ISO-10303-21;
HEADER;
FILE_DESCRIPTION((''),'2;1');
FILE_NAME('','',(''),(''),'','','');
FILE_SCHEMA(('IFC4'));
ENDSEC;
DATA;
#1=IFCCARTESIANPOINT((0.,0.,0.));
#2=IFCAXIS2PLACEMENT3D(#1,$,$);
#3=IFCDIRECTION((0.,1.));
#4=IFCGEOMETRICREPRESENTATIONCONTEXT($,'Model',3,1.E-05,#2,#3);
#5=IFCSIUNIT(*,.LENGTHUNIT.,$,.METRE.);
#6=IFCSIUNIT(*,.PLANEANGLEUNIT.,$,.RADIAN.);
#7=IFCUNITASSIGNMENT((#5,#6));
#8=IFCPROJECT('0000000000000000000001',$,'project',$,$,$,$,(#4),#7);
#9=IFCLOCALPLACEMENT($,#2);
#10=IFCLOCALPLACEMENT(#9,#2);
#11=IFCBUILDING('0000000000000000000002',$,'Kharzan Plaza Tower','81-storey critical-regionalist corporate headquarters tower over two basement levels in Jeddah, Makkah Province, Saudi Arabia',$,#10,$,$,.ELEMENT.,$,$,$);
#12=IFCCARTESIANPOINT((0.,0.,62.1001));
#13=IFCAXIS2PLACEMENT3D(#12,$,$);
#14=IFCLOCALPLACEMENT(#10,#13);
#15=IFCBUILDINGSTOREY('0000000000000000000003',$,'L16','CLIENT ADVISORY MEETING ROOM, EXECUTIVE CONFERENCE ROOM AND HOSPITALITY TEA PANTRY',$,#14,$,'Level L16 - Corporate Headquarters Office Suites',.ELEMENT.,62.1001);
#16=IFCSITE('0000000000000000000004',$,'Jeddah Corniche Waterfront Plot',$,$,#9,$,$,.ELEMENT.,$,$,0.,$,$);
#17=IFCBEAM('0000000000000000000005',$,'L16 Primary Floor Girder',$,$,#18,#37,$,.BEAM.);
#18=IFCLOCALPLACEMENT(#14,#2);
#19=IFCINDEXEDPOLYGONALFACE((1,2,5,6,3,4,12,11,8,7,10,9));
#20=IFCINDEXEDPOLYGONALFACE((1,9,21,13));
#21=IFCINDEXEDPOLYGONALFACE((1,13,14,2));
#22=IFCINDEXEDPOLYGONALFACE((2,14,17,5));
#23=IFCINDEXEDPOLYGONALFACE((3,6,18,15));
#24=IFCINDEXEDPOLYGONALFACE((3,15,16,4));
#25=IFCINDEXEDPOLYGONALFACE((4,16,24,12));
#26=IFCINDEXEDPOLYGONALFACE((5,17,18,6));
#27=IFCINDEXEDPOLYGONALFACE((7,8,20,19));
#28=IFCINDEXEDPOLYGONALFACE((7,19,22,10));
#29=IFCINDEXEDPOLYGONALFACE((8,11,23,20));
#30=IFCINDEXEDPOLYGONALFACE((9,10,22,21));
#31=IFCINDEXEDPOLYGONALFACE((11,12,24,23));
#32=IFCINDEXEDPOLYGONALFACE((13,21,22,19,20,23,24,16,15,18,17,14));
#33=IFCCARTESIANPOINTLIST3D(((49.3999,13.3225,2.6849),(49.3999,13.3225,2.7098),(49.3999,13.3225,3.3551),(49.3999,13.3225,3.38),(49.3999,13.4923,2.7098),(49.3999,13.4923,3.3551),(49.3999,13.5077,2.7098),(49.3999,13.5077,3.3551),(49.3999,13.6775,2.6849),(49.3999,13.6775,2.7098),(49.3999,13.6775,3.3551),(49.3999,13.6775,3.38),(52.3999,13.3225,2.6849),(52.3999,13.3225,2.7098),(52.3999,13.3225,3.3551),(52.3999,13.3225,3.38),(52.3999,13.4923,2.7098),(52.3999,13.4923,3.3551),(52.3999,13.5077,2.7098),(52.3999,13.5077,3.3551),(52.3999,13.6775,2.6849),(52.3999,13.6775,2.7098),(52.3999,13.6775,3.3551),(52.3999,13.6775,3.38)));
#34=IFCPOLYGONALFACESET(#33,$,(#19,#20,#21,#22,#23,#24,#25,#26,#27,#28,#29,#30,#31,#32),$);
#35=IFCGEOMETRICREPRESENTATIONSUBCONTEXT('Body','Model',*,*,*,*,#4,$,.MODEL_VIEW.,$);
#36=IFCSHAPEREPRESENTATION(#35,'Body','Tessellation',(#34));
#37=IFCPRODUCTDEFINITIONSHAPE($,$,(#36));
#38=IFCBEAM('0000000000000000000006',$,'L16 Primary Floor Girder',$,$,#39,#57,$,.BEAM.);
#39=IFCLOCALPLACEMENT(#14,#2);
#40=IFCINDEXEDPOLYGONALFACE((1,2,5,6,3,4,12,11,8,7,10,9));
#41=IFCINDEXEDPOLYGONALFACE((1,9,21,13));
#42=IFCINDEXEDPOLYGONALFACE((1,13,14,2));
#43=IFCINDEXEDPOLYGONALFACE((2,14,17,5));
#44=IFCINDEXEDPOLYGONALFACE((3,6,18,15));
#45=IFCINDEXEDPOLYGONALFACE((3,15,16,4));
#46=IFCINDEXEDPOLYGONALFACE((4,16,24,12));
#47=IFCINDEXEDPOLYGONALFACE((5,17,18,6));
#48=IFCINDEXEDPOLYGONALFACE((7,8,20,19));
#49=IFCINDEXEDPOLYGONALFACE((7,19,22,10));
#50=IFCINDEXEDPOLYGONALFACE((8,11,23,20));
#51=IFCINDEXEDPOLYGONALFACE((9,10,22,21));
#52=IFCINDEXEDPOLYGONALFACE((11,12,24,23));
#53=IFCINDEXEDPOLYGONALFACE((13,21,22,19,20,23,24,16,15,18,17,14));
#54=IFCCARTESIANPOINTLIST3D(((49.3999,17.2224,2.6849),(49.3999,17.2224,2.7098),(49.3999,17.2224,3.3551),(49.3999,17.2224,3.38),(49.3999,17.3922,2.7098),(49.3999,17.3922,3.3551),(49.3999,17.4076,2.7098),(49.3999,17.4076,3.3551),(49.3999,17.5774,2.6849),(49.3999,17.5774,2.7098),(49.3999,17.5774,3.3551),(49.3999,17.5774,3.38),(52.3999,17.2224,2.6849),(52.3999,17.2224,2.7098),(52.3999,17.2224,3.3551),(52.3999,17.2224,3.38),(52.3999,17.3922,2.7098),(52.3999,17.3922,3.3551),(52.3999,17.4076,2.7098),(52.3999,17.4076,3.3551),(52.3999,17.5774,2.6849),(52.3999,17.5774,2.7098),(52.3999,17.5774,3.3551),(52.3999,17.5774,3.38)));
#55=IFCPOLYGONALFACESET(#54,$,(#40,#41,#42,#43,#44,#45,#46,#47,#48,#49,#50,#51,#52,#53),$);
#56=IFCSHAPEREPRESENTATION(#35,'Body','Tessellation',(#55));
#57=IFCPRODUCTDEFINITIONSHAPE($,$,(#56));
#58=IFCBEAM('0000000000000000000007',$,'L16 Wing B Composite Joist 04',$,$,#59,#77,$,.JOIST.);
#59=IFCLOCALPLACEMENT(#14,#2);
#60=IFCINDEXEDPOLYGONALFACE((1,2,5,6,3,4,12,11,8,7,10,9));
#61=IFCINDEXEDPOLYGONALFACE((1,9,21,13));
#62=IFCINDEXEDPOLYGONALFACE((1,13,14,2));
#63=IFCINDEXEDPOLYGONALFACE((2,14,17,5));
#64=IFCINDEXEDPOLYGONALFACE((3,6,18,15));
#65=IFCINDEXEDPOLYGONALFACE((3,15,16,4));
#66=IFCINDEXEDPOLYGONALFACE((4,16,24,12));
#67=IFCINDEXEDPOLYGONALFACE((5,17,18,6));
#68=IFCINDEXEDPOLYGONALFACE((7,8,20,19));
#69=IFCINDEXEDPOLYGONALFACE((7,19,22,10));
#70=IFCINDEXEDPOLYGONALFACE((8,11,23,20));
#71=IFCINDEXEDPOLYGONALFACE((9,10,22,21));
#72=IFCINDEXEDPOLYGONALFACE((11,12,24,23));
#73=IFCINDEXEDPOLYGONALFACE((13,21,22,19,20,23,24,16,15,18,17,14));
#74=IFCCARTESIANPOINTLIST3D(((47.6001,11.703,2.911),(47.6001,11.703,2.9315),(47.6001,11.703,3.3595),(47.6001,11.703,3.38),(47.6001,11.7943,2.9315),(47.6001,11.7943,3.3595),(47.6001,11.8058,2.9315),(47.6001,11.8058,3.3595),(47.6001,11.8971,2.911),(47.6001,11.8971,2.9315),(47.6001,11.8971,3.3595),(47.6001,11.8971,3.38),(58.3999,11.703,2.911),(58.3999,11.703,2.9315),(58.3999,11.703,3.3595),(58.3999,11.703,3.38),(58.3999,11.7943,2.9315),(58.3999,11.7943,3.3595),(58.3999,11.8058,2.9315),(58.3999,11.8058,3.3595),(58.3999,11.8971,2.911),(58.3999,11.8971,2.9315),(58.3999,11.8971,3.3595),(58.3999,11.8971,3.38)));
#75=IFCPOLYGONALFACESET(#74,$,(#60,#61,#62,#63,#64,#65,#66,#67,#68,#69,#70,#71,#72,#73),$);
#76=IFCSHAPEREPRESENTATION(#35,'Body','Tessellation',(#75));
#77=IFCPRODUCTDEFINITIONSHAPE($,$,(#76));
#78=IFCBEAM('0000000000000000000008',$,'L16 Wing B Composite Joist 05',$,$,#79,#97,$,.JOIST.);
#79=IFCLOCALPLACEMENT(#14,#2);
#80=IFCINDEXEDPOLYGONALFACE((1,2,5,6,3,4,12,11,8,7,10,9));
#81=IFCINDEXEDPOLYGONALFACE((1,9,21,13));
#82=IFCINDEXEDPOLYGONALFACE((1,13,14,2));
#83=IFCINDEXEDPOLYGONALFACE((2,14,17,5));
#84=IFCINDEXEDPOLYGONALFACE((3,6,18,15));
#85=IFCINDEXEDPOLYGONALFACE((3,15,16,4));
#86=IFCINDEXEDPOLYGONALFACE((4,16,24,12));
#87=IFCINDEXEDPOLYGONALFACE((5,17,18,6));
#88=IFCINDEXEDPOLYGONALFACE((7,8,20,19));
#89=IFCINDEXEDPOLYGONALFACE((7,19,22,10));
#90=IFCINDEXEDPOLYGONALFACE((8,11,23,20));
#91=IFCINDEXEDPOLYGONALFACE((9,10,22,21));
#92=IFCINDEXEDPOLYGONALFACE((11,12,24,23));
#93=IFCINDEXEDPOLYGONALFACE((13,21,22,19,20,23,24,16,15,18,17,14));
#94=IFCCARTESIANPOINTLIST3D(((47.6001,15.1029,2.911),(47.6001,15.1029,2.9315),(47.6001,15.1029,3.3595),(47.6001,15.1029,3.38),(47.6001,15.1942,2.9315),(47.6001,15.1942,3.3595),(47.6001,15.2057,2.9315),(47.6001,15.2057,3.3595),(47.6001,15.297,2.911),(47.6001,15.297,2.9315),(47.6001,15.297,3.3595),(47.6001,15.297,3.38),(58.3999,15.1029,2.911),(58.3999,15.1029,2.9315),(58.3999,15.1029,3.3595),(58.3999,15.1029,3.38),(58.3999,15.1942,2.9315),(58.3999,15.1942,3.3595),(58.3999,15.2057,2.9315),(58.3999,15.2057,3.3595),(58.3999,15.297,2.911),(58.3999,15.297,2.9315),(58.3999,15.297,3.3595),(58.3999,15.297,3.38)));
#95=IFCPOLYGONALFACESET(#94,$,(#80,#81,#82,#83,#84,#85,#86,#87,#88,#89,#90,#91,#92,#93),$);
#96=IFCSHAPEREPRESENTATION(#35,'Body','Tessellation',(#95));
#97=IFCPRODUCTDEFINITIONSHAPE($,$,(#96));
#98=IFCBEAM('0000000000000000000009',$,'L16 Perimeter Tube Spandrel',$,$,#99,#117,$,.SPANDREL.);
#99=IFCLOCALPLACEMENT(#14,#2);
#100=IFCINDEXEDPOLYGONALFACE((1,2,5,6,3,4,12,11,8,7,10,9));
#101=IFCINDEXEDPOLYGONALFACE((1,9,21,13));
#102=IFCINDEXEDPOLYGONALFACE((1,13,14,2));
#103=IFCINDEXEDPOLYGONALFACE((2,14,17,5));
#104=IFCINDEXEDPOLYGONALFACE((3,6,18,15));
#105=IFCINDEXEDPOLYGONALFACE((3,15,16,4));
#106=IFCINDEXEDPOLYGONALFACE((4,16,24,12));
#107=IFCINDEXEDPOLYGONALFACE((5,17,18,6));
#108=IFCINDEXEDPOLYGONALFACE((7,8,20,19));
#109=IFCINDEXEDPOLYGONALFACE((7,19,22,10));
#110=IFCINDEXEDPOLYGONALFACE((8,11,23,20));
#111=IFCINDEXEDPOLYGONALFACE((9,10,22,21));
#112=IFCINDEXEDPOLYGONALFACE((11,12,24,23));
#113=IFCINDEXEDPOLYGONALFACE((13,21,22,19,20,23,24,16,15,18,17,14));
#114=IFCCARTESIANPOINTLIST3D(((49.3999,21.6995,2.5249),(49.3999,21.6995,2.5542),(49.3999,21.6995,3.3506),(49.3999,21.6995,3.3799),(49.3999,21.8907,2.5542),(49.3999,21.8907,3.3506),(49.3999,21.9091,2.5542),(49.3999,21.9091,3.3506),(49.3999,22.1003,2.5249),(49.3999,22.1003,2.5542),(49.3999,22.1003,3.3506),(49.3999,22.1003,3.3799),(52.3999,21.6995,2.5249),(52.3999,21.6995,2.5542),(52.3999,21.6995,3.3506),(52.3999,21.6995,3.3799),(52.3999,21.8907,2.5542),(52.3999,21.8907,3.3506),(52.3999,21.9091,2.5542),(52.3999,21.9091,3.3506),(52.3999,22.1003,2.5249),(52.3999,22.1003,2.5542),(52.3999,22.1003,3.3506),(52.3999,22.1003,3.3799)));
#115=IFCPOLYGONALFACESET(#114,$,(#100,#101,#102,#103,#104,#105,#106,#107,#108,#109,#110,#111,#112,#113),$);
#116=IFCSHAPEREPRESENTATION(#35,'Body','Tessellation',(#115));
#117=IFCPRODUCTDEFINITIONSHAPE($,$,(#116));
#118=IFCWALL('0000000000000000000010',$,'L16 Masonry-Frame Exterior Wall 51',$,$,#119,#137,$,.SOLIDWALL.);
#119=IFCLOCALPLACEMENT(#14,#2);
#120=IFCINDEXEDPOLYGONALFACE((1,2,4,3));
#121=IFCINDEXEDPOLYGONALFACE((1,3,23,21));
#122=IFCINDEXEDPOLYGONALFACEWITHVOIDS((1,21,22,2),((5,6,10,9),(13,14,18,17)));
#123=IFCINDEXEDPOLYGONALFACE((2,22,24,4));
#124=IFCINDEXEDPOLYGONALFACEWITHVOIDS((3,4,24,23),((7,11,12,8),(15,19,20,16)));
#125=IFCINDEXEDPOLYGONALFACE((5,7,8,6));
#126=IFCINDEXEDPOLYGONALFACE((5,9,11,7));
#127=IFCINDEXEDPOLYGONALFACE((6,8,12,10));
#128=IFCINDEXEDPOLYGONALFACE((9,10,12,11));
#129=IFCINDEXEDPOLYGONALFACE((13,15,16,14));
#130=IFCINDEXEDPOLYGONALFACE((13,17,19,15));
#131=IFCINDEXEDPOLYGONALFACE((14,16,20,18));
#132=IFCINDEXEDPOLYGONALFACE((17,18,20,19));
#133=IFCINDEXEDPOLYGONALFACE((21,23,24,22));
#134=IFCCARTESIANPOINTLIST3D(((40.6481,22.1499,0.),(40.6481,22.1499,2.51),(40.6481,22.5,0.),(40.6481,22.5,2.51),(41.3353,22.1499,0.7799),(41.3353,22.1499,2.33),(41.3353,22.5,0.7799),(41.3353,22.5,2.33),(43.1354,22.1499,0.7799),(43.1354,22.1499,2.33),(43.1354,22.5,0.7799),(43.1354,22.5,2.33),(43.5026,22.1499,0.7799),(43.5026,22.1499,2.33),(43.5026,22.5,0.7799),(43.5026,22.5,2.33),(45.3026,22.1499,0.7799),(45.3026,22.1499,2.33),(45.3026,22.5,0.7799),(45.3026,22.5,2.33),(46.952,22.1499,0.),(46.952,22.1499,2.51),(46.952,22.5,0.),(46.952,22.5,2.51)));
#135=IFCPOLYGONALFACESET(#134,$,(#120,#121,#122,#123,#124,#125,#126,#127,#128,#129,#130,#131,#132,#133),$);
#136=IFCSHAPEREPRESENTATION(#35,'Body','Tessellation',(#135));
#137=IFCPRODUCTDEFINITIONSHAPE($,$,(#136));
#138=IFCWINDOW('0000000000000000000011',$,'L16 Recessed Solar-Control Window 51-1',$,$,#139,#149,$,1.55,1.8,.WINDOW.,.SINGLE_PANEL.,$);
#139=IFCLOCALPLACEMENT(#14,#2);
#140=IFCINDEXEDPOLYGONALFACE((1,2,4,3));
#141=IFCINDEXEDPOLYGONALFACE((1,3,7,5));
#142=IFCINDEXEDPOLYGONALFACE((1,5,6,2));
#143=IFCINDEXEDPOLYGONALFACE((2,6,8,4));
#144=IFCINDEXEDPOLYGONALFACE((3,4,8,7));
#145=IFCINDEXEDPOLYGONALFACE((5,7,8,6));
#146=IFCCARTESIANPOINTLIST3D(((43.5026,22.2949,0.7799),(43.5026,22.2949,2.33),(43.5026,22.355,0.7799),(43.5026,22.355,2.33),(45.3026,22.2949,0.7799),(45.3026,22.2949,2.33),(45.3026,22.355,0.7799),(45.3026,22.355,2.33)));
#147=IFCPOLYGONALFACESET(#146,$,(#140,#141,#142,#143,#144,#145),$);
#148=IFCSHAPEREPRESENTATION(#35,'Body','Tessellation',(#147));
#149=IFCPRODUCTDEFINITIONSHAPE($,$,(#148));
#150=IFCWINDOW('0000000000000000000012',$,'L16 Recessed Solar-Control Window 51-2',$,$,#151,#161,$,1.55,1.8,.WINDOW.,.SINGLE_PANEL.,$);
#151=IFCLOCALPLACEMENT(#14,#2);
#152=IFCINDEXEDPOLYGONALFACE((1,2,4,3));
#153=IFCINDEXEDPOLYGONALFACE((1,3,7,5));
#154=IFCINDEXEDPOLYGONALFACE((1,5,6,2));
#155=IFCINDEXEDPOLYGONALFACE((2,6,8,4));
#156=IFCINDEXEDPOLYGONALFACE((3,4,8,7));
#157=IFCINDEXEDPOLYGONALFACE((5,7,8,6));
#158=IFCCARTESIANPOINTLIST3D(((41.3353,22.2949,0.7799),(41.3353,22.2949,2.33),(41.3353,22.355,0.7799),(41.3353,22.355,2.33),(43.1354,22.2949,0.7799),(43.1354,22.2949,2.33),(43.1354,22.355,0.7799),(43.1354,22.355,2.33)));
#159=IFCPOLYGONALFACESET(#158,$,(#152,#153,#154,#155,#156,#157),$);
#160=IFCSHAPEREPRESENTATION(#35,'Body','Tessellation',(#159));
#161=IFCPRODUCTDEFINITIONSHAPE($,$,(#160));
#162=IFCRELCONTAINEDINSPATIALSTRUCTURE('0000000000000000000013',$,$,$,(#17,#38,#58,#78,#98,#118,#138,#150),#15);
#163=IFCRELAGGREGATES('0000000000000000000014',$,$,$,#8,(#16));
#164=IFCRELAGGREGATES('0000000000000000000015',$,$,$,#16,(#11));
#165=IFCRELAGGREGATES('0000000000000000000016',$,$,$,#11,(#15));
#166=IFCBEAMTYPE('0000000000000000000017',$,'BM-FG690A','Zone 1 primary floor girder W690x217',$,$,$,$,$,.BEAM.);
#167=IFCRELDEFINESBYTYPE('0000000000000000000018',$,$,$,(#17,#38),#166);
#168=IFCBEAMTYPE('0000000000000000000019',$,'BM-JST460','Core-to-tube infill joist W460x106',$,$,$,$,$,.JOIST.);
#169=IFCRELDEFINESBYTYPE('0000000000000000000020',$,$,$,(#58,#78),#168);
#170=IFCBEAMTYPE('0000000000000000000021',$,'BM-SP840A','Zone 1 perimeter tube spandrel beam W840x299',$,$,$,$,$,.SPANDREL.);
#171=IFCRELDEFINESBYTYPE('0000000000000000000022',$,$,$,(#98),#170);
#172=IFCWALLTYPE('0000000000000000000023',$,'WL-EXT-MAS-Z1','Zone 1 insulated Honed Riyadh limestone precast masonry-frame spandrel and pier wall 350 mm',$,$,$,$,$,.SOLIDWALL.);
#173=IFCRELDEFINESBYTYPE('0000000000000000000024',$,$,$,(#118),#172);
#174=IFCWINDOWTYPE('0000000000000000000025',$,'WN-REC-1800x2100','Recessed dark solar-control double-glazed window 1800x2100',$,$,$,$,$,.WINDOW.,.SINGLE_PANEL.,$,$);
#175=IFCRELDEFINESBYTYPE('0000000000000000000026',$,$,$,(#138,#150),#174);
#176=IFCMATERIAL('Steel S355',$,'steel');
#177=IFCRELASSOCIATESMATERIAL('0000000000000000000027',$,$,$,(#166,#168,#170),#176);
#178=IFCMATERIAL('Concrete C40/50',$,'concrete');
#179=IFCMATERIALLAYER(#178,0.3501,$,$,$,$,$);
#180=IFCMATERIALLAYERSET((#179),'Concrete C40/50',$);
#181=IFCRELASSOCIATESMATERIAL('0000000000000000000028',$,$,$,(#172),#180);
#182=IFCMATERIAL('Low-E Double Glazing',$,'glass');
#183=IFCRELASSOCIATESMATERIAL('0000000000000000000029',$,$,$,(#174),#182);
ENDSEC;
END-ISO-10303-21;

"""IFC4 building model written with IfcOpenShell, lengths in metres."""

from ifc_helpers import new_model, si_unit, direction, frame, frame_2d, origin, origin_2d, place, context, subcontext, project, spatial, rectangle, i_section, extrude, source, transform, mapped, material, layer, layer_set, material_profile, profile_set, type_object, element, fill, save


model = new_model("IFC4")

# Units and contexts
model_context = context("Model", 3, precision=1e-05, world=origin(), true_north=direction((0.0, 1.0)))
body_context = subcontext(model_context, "Body", "Model", "MODEL_VIEW")
ifc_project = project(units=[si_unit("LENGTHUNIT", "METRE"), si_unit("PLANEANGLEUNIT", "RADIAN")], contexts=[model_context])

# Site, building, storey
site_placement = place(None, origin())
site = spatial("IfcSite", under=ifc_project, at=site_placement, Name="Jeddah Corniche Waterfront Plot", CompositionType="ELEMENT", RefElevation=0.0)
building_placement = place(site_placement, origin())
building = spatial("IfcBuilding", under=site, at=building_placement, Name="Kharzan Plaza Tower", Description="81-storey critical-regionalist corporate headquarters tower over two basement levels in Jeddah, Makkah Province, Saudi Arabia", CompositionType="ELEMENT")
storey_placement = place(building_placement, frame((0.0, 0.0, 62.1001)))
storey = spatial("IfcBuildingStorey", under=building, at=storey_placement, Name="L16", Description="CLIENT ADVISORY MEETING ROOM, EXECUTIVE CONFERENCE ROOM AND HOSPITALITY TEA PANTRY", LongName="Level L16 - Corporate Headquarters Office Suites", CompositionType="ELEMENT", Elevation=62.1001)

# Beams
ifc_material_1 = material(Name="Steel S355", Category="steel")
ifc_material_profile_1 = material_profile(ifc_material_1, i_section(OverallWidth=0.355, OverallDepth=0.6951, WebThickness=0.0154, FlangeThickness=0.0249, at=origin_2d()), Name="W690x217")
ifc_profile_set_1 = profile_set([ifc_material_profile_1], Name="Steel S355")
beam_type_1 = type_object("IfcBeamType", Name="BM-FG690A", Description="Zone 1 primary floor girder W690x217", PredefinedType="BEAM", material=ifc_profile_set_1)
shared_shape_1 = source(origin(), body_context, "Body", "SweptSolid", [
    extrude(i_section(OverallWidth=0.355, OverallDepth=0.6951, WebThickness=0.0154, FlangeThickness=0.0249, at=origin_2d()), origin(), (0.0, 0.0, 1.0), 3.0),
])
for number, where, z_axis, x_axis, name in (
    (1, (49.3999, 13.5, 3.0325), (1.0, 0.0, 0.0), (0.0, 1.0, 0.0), "L16 Primary Floor Girder"),
    (2, (49.3999, 17.3999, 3.0325), (1.0, 0.0, 0.0), (0.0, 1.0, 0.0), "L16 Primary Floor Girder"),
):
    element("IfcBeam", number, at=place(storey_placement, frame(where, z_axis=z_axis, x_axis=x_axis)), inside=storey, type_object=beam_type_1, Name=name, PredefinedType="BEAM", context=body_context, shape_type="MappedRepresentation", body=[
        mapped(shared_shape_1, transform((0.0, 0.0, 0.0), x_axis=(1.0, 0.0, 0.0), y_axis=(0.0, 1.0, 0.0), z_axis=(0.0, 0.0, 1.0))),
    ])
ifc_material_profile_2 = material_profile(ifc_material_1, i_section(OverallWidth=0.1941, OverallDepth=0.469, WebThickness=0.0115, FlangeThickness=0.0205, at=origin_2d()), Name="W460x106")
ifc_profile_set_2 = profile_set([ifc_material_profile_2], Name="Steel S355")
beam_type_2 = type_object("IfcBeamType", Name="BM-JST460", Description="Core-to-tube infill joist W460x106", PredefinedType="JOIST", material=ifc_profile_set_2)
shared_shape_2 = source(origin(), body_context, "Body", "SweptSolid", [
    extrude(i_section(OverallWidth=0.1941, OverallDepth=0.469, WebThickness=0.0115, FlangeThickness=0.0205, at=origin_2d()), origin(), (0.0, 0.0, 1.0), 10.7998),
])
for number, where, z_axis, x_axis, name in (
    (3, (47.6001, 11.8, 3.1455), (1.0, 0.0, 0.0), (0.0, 1.0, 0.0), "L16 Wing B Composite Joist 04"),
    (4, (47.6001, 15.2, 3.1455), (1.0, 0.0, 0.0), (0.0, 1.0, 0.0), "L16 Wing B Composite Joist 05"),
):
    element("IfcBeam", number, at=place(storey_placement, frame(where, z_axis=z_axis, x_axis=x_axis)), inside=storey, type_object=beam_type_2, Name=name, PredefinedType="JOIST", context=body_context, shape_type="MappedRepresentation", body=[
        mapped(shared_shape_2, transform((0.0, 0.0, 0.0), x_axis=(1.0, 0.0, 0.0), y_axis=(0.0, 1.0, 0.0), z_axis=(0.0, 0.0, 1.0))),
    ])
ifc_material_profile_3 = material_profile(ifc_material_1, i_section(OverallWidth=0.4009, OverallDepth=0.855, WebThickness=0.0183, FlangeThickness=0.0293, at=origin_2d()), Name="W840x299")
ifc_profile_set_3 = profile_set([ifc_material_profile_3], Name="Steel S355")
beam_type_3 = type_object("IfcBeamType", Name="BM-SP840A", Description="Zone 1 perimeter tube spandrel beam W840x299", PredefinedType="SPANDREL", material=ifc_profile_set_3)
shared_shape_3 = source(origin(), body_context, "Body", "SweptSolid", [
    extrude(i_section(OverallWidth=0.4009, OverallDepth=0.855, WebThickness=0.0183, FlangeThickness=0.0293, at=origin_2d()), origin(), (0.0, 0.0, 1.0), 3.0),
])
beam_1_placement = place(storey_placement, frame((49.3999, 21.8999, 2.9524), z_axis=(1.0, 0.0, 0.0), x_axis=(0.0, 1.0, 0.0)))
element("IfcBeam", 5, at=beam_1_placement, inside=storey, type_object=beam_type_3, Name="L16 Perimeter Tube Spandrel", PredefinedType="SPANDREL", context=body_context, shape_type="MappedRepresentation", body=[
    mapped(shared_shape_3, transform((0.0, 0.0, 0.0), x_axis=(1.0, 0.0, 0.0), y_axis=(0.0, 1.0, 0.0), z_axis=(0.0, 0.0, 1.0))),
])

# Wall, openings, windows
ifc_material_2 = material(Name="Concrete C40/50", Category="concrete")
ifc_layer_1 = layer(ifc_material_2, 0.3501)
ifc_layer_set_1 = layer_set([ifc_layer_1], Name="Concrete C40/50")
wall_type_1 = type_object("IfcWallType", Name="WL-EXT-MAS-Z1", Description="Zone 1 insulated Honed Riyadh limestone precast masonry-frame spandrel and pier wall 350 mm", PredefinedType="SOLIDWALL", material=ifc_layer_set_1)
wall_1_placement = place(storey_placement, frame((46.9519, 22.325, 0.0), z_axis=(0.0, 0.0, 1.0), x_axis=(-1.0, 0.0, 0.0)))
wall_1 = element("IfcWall", 6, at=wall_1_placement, inside=storey, type_object=wall_type_1, Name="L16 Masonry-Frame Exterior Wall 51", PredefinedType="SOLIDWALL", context=body_context, shape_type="SweptSolid", body=[
    extrude(rectangle(XDim=6.304, YDim=0.3501, at=frame_2d((3.1519, 0.0))), origin(), (0.0, 0.0, 1.0), 2.51),
])
opening_1_placement = place(wall_1_placement, frame((1.6494, 0.0, 0.78)))
opening_1 = element("IfcOpeningElement", 7, at=opening_1_placement, cuts=wall_1, PredefinedType="OPENING", context=body_context, shape_type="SweptSolid", body=[
    extrude(rectangle(XDim=1.8, YDim=1.55, at=frame_2d((0.8999, 0.7749))), frame((0.0, 0.1851, 0.0), z_axis=(0.0, -1.0, 0.0), x_axis=(1.0, 0.0, 0.0)), (0.0, 0.0, 1.0), 0.3701),
])
opening_2_placement = place(wall_1_placement, frame((3.8167, 0.0, 0.78)))
opening_2 = element("IfcOpeningElement", 8, at=opening_2_placement, cuts=wall_1, PredefinedType="OPENING", context=body_context, shape_type="SweptSolid", body=[
    extrude(rectangle(XDim=1.8, YDim=1.55, at=frame_2d((0.8999, 0.7749))), frame((0.0, 0.1851, 0.0), z_axis=(0.0, -1.0, 0.0), x_axis=(1.0, 0.0, 0.0)), (0.0, 0.0, 1.0), 0.3701),
])
ifc_material_3 = material(Name="Low-E Double Glazing", Category="glass")
window_type = type_object("IfcWindowType", Name="WN-REC-1800x2100", Description="Recessed dark solar-control double-glazed window 1800x2100", PartitioningType="SINGLE_PANEL", PredefinedType="WINDOW", material=ifc_material_3)
shared_shape_4 = source(origin(), body_context, "Body", "SweptSolid", [
    extrude(rectangle(XDim=1.8, YDim=1.55, at=frame_2d((0.8999, 0.7749))), frame((0.0, 0.03, 0.0), z_axis=(0.0, -1.0, 0.0), x_axis=(1.0, 0.0, 0.0)), (0.0, 0.0, 1.0), 0.0601),
])
window_1_placement = place(opening_1_placement, origin())
window_1 = element("IfcWindow", 9, at=window_1_placement, inside=storey, type_object=window_type, Name="L16 Recessed Solar-Control Window 51-1", OverallHeight=1.55, OverallWidth=1.8, PartitioningType="SINGLE_PANEL", PredefinedType="WINDOW", context=body_context, shape_type="MappedRepresentation", body=[
    mapped(shared_shape_4, transform((0.0, 0.0, 0.0), x_axis=(1.0, 0.0, 0.0), y_axis=(0.0, 1.0, 0.0), z_axis=(0.0, 0.0, 1.0))),
])
fill(opening_1, window_1)
window_2_placement = place(opening_2_placement, origin())
window_2 = element("IfcWindow", 10, at=window_2_placement, inside=storey, type_object=window_type, Name="L16 Recessed Solar-Control Window 51-2", OverallHeight=1.55, OverallWidth=1.8, PartitioningType="SINGLE_PANEL", PredefinedType="WINDOW", context=body_context, shape_type="MappedRepresentation", body=[
    mapped(shared_shape_4, transform((0.0, 0.0, 0.0), x_axis=(1.0, 0.0, 0.0), y_axis=(0.0, 1.0, 0.0), z_axis=(0.0, 0.0, 1.0))),
])
fill(opening_2, window_2)

save(model, "model.ifc")
